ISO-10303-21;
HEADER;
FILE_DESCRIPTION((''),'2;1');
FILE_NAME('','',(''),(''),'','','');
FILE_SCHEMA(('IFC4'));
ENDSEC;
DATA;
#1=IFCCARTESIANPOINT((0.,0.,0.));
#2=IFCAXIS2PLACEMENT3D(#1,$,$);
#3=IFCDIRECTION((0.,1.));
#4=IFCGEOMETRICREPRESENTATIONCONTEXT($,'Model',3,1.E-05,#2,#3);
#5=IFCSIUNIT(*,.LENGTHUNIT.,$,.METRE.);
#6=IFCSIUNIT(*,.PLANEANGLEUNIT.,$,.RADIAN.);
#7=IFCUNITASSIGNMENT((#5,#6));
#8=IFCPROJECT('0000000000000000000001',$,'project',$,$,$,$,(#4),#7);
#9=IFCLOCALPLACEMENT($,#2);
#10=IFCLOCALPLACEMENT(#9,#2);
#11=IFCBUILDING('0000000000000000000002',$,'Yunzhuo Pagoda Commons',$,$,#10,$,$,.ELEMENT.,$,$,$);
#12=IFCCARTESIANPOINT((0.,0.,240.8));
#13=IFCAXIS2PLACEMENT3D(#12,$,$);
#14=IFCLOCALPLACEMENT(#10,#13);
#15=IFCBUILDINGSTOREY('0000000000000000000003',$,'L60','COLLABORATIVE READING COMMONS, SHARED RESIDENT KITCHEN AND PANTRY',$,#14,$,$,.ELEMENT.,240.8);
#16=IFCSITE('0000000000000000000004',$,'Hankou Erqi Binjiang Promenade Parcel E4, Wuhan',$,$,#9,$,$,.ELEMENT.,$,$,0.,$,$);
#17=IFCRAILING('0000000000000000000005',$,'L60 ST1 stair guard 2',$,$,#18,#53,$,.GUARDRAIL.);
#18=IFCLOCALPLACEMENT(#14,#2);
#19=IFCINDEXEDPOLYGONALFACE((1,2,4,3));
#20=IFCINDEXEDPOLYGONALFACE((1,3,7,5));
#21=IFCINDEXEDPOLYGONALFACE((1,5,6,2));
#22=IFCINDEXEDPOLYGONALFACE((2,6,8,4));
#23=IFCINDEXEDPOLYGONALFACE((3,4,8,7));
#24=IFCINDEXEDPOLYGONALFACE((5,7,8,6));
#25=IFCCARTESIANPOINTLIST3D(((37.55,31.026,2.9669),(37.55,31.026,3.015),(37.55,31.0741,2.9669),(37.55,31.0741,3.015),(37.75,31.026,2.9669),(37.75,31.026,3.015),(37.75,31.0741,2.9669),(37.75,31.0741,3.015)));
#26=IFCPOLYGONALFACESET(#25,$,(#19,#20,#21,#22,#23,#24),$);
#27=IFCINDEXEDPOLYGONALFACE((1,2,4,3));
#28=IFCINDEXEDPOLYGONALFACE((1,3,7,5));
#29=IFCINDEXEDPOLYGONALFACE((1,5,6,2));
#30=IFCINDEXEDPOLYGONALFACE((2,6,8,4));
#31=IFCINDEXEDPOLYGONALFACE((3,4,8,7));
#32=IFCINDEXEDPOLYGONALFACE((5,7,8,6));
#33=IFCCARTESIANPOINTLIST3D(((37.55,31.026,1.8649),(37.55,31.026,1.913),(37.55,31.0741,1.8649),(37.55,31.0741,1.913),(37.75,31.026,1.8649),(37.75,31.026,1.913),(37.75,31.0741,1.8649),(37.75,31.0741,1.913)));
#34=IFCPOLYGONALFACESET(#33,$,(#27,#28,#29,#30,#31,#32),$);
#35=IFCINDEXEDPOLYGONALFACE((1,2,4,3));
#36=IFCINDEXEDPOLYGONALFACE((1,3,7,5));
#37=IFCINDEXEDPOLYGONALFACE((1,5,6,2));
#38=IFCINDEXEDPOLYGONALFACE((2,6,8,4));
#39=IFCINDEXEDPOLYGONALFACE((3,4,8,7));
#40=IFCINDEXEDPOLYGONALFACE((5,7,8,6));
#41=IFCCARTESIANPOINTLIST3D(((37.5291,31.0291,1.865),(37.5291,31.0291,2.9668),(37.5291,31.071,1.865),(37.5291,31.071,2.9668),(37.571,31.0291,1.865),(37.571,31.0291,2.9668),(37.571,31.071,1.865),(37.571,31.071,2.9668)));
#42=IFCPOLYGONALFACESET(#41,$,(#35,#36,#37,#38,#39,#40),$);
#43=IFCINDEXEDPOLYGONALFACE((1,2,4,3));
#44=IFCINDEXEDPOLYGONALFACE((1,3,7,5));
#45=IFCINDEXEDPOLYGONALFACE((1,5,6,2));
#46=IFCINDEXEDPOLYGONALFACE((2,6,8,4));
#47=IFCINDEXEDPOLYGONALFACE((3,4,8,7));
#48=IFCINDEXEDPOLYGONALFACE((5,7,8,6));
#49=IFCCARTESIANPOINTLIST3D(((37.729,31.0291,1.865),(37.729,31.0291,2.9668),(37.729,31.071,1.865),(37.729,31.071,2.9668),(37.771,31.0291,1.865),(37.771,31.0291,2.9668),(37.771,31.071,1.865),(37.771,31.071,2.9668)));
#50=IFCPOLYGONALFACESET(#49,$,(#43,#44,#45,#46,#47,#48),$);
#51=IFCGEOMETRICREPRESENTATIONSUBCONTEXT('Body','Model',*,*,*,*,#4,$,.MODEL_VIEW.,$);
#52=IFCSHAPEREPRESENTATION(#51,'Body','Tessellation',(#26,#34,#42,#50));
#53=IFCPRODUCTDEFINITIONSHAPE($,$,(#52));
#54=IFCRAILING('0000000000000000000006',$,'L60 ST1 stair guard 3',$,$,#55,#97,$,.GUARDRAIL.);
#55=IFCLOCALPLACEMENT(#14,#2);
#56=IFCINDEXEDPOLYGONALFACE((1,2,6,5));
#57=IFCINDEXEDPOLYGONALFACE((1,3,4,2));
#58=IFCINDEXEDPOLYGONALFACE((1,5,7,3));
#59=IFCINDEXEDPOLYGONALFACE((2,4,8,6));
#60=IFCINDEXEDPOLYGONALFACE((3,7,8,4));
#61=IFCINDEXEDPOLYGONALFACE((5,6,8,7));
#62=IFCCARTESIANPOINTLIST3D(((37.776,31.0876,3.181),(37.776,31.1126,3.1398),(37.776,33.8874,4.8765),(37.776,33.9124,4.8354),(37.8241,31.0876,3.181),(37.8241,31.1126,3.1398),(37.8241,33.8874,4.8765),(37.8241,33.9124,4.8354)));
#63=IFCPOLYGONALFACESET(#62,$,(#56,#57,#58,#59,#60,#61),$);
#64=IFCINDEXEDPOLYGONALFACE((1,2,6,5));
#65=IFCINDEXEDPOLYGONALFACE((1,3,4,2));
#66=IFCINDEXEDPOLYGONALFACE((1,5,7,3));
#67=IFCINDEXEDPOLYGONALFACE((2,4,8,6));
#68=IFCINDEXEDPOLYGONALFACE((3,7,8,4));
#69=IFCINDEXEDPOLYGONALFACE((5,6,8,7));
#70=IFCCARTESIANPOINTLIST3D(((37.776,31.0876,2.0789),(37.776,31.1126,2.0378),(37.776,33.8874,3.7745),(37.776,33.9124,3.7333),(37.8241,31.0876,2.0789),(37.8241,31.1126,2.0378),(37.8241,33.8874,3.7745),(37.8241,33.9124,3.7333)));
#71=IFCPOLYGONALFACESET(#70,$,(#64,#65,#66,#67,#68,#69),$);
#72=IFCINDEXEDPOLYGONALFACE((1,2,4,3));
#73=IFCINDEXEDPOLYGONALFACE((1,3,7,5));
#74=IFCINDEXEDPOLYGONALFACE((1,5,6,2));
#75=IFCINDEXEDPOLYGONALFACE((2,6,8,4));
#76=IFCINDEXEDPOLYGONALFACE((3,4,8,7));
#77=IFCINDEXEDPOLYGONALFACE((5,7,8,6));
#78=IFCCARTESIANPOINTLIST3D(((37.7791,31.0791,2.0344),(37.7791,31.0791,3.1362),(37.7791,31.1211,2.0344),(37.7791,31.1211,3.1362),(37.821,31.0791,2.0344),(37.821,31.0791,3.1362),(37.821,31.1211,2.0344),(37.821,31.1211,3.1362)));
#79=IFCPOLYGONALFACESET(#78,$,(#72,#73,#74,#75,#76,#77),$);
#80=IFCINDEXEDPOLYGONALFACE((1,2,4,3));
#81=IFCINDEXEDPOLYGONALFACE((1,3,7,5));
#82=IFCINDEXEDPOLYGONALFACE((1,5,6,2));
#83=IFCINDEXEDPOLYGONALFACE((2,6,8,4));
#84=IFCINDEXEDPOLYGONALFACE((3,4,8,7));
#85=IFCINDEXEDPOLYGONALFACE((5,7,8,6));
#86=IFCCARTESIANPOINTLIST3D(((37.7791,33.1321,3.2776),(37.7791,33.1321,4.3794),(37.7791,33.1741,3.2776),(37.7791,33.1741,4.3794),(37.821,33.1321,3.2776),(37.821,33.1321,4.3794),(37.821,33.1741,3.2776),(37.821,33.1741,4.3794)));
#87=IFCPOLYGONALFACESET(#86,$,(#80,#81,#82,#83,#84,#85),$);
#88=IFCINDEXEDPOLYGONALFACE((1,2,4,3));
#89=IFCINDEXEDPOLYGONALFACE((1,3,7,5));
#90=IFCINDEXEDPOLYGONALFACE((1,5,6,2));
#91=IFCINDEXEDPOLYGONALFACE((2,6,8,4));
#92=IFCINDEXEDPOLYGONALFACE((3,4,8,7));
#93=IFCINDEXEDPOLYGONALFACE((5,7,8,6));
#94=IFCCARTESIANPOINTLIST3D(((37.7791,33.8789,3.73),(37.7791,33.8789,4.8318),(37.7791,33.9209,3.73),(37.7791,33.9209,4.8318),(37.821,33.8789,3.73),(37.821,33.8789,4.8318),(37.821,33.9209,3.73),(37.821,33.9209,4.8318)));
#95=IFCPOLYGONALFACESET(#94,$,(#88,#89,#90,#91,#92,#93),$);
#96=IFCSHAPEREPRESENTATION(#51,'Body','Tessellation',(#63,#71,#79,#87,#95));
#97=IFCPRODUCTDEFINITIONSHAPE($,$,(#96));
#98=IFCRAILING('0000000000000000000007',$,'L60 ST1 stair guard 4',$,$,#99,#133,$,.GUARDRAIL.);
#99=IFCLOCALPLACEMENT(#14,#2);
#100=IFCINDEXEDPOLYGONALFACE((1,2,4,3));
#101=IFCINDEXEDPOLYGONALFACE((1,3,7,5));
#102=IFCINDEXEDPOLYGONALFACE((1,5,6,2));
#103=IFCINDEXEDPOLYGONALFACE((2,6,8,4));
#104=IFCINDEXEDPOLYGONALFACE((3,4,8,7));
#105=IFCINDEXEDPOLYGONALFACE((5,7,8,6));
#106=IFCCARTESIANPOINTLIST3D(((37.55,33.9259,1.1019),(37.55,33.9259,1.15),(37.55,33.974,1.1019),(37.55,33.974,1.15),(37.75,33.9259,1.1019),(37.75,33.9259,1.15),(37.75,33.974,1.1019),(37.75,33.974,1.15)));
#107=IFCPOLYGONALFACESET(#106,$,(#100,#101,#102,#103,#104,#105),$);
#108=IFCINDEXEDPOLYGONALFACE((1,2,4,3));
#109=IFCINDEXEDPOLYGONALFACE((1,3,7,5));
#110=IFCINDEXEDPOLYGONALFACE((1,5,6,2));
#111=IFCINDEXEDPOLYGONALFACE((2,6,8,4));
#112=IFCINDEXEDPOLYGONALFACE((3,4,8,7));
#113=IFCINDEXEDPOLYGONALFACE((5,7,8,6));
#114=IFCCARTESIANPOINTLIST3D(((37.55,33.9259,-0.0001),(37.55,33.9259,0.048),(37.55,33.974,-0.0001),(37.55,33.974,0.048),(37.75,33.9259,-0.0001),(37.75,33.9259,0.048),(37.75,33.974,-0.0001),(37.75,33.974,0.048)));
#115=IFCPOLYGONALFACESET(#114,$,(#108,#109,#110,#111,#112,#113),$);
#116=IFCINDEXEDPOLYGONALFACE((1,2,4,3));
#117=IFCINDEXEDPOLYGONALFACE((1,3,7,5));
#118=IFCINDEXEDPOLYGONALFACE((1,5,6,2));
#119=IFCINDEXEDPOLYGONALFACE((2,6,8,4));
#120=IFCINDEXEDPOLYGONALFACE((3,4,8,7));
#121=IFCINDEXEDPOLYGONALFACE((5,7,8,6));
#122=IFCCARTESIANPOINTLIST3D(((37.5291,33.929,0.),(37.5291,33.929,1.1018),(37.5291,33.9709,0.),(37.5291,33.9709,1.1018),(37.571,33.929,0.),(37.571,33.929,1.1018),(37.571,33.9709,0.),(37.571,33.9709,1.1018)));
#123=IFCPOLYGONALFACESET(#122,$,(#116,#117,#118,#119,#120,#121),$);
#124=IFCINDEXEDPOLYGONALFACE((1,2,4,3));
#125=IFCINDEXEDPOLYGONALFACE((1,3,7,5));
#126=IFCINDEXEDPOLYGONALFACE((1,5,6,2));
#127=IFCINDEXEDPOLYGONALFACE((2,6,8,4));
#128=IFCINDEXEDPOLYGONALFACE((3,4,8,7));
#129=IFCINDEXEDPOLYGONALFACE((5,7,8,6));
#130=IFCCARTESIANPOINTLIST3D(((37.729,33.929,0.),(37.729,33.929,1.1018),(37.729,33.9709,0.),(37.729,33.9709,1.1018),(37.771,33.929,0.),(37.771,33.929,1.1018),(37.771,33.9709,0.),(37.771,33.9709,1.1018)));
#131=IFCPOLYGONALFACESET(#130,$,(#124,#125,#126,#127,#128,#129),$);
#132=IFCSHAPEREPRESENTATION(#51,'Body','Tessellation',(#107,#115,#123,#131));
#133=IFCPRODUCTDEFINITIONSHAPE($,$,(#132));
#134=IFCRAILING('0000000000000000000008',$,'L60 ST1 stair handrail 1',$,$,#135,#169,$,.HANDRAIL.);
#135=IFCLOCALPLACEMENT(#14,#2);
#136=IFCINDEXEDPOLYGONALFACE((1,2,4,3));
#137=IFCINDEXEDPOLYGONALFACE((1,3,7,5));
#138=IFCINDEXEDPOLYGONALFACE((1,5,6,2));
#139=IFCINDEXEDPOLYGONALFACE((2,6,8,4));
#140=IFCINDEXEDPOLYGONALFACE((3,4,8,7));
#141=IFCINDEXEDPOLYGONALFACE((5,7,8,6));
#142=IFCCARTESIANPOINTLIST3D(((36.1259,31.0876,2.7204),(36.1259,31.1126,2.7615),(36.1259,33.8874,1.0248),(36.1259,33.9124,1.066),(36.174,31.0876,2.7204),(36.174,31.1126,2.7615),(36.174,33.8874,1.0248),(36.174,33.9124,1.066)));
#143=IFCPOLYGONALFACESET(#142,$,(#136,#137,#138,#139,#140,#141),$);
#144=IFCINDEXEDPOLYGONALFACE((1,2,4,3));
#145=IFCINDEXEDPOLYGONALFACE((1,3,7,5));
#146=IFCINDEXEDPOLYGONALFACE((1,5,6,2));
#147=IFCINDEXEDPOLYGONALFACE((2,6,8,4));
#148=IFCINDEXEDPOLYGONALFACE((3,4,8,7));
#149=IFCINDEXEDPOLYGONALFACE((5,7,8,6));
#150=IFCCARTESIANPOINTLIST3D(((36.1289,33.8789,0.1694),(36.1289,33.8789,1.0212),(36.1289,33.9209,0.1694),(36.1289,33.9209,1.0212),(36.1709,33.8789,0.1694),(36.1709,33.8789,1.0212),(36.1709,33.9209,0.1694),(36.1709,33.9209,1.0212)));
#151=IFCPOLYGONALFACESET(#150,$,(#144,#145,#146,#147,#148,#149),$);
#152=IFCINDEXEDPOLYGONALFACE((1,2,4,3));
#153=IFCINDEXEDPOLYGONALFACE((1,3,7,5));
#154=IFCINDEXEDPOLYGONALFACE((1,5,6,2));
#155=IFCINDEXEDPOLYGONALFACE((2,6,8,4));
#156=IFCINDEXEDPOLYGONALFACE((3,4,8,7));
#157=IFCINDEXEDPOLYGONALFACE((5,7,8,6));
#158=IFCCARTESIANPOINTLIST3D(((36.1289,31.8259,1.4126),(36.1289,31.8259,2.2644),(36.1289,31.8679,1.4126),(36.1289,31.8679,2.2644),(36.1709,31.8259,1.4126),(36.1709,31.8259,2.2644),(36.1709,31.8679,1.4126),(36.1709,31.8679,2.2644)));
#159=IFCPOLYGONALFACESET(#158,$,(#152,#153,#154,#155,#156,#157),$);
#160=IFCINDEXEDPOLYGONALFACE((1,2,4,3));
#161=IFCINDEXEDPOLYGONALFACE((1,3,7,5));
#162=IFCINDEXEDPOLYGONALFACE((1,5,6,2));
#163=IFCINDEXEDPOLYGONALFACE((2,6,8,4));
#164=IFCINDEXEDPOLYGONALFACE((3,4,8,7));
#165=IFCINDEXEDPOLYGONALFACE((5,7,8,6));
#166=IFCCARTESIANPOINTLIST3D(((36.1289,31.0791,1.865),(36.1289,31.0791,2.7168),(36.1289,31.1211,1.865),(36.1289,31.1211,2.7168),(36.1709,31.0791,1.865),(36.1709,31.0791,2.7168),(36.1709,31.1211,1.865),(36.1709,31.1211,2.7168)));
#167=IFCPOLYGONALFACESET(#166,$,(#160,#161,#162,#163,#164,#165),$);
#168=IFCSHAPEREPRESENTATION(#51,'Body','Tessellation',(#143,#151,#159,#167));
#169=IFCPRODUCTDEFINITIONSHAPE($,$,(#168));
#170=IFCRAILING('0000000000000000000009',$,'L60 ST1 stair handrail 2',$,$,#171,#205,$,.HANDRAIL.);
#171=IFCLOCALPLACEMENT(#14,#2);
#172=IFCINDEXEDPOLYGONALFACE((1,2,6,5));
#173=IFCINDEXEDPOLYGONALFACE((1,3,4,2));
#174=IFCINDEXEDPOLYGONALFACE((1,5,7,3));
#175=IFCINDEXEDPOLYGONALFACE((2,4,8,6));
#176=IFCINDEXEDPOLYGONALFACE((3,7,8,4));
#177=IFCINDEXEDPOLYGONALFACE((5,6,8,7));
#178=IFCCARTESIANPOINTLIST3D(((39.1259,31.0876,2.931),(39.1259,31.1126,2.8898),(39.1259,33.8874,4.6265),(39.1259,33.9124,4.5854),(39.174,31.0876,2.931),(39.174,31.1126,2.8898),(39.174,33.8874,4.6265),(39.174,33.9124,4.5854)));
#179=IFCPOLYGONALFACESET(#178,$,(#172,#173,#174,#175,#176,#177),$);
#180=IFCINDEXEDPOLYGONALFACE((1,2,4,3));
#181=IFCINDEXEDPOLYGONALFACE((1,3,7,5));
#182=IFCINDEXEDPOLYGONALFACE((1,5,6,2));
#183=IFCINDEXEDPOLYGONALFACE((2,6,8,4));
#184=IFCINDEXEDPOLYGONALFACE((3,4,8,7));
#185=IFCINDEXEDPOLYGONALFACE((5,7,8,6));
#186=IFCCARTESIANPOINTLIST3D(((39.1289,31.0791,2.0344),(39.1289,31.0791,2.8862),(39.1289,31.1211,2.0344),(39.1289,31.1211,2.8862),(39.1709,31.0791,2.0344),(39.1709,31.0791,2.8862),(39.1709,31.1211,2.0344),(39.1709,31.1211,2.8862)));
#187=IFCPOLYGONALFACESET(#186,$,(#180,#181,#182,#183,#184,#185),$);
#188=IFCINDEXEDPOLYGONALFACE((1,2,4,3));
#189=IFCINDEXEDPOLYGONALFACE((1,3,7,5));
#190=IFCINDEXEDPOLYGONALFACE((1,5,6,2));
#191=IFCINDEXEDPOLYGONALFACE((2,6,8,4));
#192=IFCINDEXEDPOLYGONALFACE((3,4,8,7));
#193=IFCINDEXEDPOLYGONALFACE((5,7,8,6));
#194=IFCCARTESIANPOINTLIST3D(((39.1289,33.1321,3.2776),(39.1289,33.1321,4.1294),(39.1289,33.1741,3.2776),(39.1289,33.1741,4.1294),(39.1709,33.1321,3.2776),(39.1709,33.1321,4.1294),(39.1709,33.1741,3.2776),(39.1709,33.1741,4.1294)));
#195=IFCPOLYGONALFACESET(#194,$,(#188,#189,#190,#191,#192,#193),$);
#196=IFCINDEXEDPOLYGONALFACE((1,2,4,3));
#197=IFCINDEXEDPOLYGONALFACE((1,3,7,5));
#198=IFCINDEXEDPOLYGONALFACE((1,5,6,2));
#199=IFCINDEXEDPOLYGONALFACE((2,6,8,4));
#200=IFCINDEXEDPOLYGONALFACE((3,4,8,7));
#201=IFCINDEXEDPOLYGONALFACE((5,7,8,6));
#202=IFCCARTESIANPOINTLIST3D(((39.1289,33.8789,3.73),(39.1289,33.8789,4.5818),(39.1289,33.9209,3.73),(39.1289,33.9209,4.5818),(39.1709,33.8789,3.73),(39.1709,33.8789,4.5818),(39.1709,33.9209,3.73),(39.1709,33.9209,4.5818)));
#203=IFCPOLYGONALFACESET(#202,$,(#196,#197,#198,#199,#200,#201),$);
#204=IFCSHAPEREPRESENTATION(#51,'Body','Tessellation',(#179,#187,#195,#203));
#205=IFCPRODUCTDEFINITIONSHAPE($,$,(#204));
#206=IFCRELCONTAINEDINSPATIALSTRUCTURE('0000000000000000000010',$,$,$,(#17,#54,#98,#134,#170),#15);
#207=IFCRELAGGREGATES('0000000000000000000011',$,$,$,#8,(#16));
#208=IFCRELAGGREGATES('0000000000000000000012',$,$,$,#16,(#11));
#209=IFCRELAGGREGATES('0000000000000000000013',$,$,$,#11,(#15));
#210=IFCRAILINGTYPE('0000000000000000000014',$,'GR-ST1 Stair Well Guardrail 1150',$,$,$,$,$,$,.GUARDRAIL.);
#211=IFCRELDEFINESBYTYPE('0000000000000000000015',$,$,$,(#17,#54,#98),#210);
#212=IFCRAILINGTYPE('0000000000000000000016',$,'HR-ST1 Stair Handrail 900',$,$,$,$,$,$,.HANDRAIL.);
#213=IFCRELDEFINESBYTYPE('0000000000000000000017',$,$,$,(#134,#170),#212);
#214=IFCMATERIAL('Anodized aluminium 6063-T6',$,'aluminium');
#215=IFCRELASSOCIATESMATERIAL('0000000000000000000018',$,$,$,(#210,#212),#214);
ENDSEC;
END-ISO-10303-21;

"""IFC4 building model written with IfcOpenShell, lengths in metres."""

from ifc_helpers import new_model, si_unit, direction, frame, origin, origin_2d, place, context, subcontext, project, spatial, rectangle, extrude, material, type_object, element, save


model = new_model("IFC4")

# Units and contexts
model_context = context("Model", 3, precision=1e-05, world=origin(), true_north=direction((0.0, 1.0)))
body_context = subcontext(model_context, "Body", "Model", "MODEL_VIEW")
ifc_project = project(units=[si_unit("LENGTHUNIT", "METRE"), si_unit("PLANEANGLEUNIT", "RADIAN")], contexts=[model_context])

# Site, building, storey
site_placement = place(None, origin())
site = spatial("IfcSite", under=ifc_project, at=site_placement, Name="Hankou Erqi Binjiang Promenade Parcel E4, Wuhan", CompositionType="ELEMENT", RefElevation=0.0)
building_placement = place(site_placement, origin())
building = spatial("IfcBuilding", under=site, at=building_placement, Name="Yunzhuo Pagoda Commons", CompositionType="ELEMENT")
storey_placement = place(building_placement, frame((0.0, 0.0, 240.8)))
storey = spatial("IfcBuildingStorey", under=building, at=storey_placement, Name="L60", Description="COLLABORATIVE READING COMMONS, SHARED RESIDENT KITCHEN AND PANTRY", CompositionType="ELEMENT", Elevation=240.8)

# Railings
ifc_material_1 = material(Name="Anodized aluminium 6063-T6", Category="aluminium")
railing_type_1 = type_object("IfcRailingType", Name="GR-ST1 Stair Well Guardrail 1150", PredefinedType="GUARDRAIL", material=ifc_material_1)
railing_1_placement = place(storey_placement, frame((37.55, 31.05, 1.865)))
element("IfcRailing", 1, at=railing_1_placement, inside=storey, type_object=railing_type_1, Name="L60 ST1 stair guard 2", PredefinedType="GUARDRAIL", context=body_context, shape_type="SweptSolid", body=[
    extrude(rectangle(XDim=0.0481, YDim=0.0481, at=origin_2d()), frame((0.0, 0.0, 1.126), z_axis=(1.0, 0.0, 0.0), x_axis=(0.0, 1.0, 0.0)), (0.0, 0.0, 1.0), 0.2),
    extrude(rectangle(XDim=0.0481, YDim=0.0481, at=origin_2d()), frame((0.0, 0.0, 0.0239), z_axis=(1.0, 0.0, 0.0), x_axis=(0.0, 1.0, 0.0)), (0.0, 0.0, 1.0), 0.2),
    extrude(rectangle(XDim=0.042, YDim=0.042, at=origin_2d()), origin(), (0.0, 0.0, 1.0), 1.1018),
    extrude(rectangle(XDim=0.042, YDim=0.042, at=origin_2d()), frame((0.2, 0.0, 0.0)), (0.0, 0.0, 1.0), 1.1018),
])
railing_2_placement = place(storey_placement, frame((37.8, 31.1001, 2.0344)))
element("IfcRailing", 2, at=railing_2_placement, inside=storey, type_object=railing_type_1, Name="L60 ST1 stair guard 3", PredefinedType="GUARDRAIL", context=body_context, shape_type="SweptSolid", body=[
    extrude(rectangle(XDim=0.0481, YDim=0.0481, at=origin_2d()), frame((0.0, 0.0, 1.126), z_axis=(0.0, 0.855373, 0.518012), x_axis=(-1.0, 0.0, 0.0)), (0.0, 0.0, 1.0), 3.2732),
    extrude(rectangle(XDim=0.0481, YDim=0.0481, at=origin_2d()), frame((0.0, 0.0, 0.0239), z_axis=(0.0, 0.855373, 0.518012), x_axis=(-1.0, 0.0, 0.0)), (0.0, 0.0, 1.0), 3.2732),
    extrude(rectangle(XDim=0.042, YDim=0.042, at=origin_2d()), origin(), (0.0, 0.0, 1.0), 1.1018),
    extrude(rectangle(XDim=0.042, YDim=0.042, at=origin_2d()), frame((0.0, 2.053, 1.2432)), (0.0, 0.0, 1.0), 1.1018),
    extrude(rectangle(XDim=0.042, YDim=0.042, at=origin_2d()), frame((0.0, 2.7998, 1.6956)), (0.0, 0.0, 1.0), 1.1018),
])
railing_3_placement = place(storey_placement, frame((37.55, 33.95, 0.0)))
element("IfcRailing", 3, at=railing_3_placement, inside=storey, type_object=railing_type_1, Name="L60 ST1 stair guard 4", PredefinedType="GUARDRAIL", context=body_context, shape_type="SweptSolid", body=[
    extrude(rectangle(XDim=0.0481, YDim=0.0481, at=origin_2d()), frame((0.0, 0.0, 1.126), z_axis=(1.0, 0.0, 0.0), x_axis=(0.0, 1.0, 0.0)), (0.0, 0.0, 1.0), 0.2),
    extrude(rectangle(XDim=0.0481, YDim=0.0481, at=origin_2d()), frame((0.0, 0.0, 0.0239), z_axis=(1.0, 0.0, 0.0), x_axis=(0.0, 1.0, 0.0)), (0.0, 0.0, 1.0), 0.2),
    extrude(rectangle(XDim=0.042, YDim=0.042, at=origin_2d()), origin(), (0.0, 0.0, 1.0), 1.1018),
    extrude(rectangle(XDim=0.042, YDim=0.042, at=origin_2d()), frame((0.2, 0.0, 0.0)), (0.0, 0.0, 1.0), 1.1018),
])
railing_type_2 = type_object("IfcRailingType", Name="HR-ST1 Stair Handrail 900", PredefinedType="HANDRAIL", material=ifc_material_1)
railing_4_placement = place(storey_placement, frame((36.1499, 33.8999, 0.1694)))
element("IfcRailing", 4, at=railing_4_placement, inside=storey, type_object=railing_type_2, Name="L60 ST1 stair handrail 1", PredefinedType="HANDRAIL", context=body_context, shape_type="SweptSolid", body=[
    extrude(rectangle(XDim=0.0481, YDim=0.0481, at=origin_2d()), frame((0.0, 0.0, 0.876), z_axis=(0.0, -0.855373, 0.518012), x_axis=(1.0, 0.0, 0.0)), (0.0, 0.0, 1.0), 3.2732),
    extrude(rectangle(XDim=0.042, YDim=0.042, at=origin_2d()), origin(), (0.0, 0.0, 1.0), 0.8518),
    extrude(rectangle(XDim=0.042, YDim=0.042, at=origin_2d()), frame((0.0, -2.053, 1.2432)), (0.0, 0.0, 1.0), 0.8518),
    extrude(rectangle(XDim=0.042, YDim=0.042, at=origin_2d()), frame((0.0, -2.7998, 1.6956)), (0.0, 0.0, 1.0), 0.8518),
])
railing_5_placement = place(storey_placement, frame((39.1499, 31.1001, 2.0344)))
element("IfcRailing", 5, at=railing_5_placement, inside=storey, type_object=railing_type_2, Name="L60 ST1 stair handrail 2", PredefinedType="HANDRAIL", context=body_context, shape_type="SweptSolid", body=[
    extrude(rectangle(XDim=0.0481, YDim=0.0481, at=origin_2d()), frame((0.0, 0.0, 0.876), z_axis=(0.0, 0.855373, 0.518012), x_axis=(-1.0, 0.0, 0.0)), (0.0, 0.0, 1.0), 3.2732),
    extrude(rectangle(XDim=0.042, YDim=0.042, at=origin_2d()), origin(), (0.0, 0.0, 1.0), 0.8518),
    extrude(rectangle(XDim=0.042, YDim=0.042, at=origin_2d()), frame((0.0, 2.053, 1.2432)), (0.0, 0.0, 1.0), 0.8518),
    extrude(rectangle(XDim=0.042, YDim=0.042, at=origin_2d()), frame((0.0, 2.7998, 1.6956)), (0.0, 0.0, 1.0), 0.8518),
])

save(model, "model.ifc")
